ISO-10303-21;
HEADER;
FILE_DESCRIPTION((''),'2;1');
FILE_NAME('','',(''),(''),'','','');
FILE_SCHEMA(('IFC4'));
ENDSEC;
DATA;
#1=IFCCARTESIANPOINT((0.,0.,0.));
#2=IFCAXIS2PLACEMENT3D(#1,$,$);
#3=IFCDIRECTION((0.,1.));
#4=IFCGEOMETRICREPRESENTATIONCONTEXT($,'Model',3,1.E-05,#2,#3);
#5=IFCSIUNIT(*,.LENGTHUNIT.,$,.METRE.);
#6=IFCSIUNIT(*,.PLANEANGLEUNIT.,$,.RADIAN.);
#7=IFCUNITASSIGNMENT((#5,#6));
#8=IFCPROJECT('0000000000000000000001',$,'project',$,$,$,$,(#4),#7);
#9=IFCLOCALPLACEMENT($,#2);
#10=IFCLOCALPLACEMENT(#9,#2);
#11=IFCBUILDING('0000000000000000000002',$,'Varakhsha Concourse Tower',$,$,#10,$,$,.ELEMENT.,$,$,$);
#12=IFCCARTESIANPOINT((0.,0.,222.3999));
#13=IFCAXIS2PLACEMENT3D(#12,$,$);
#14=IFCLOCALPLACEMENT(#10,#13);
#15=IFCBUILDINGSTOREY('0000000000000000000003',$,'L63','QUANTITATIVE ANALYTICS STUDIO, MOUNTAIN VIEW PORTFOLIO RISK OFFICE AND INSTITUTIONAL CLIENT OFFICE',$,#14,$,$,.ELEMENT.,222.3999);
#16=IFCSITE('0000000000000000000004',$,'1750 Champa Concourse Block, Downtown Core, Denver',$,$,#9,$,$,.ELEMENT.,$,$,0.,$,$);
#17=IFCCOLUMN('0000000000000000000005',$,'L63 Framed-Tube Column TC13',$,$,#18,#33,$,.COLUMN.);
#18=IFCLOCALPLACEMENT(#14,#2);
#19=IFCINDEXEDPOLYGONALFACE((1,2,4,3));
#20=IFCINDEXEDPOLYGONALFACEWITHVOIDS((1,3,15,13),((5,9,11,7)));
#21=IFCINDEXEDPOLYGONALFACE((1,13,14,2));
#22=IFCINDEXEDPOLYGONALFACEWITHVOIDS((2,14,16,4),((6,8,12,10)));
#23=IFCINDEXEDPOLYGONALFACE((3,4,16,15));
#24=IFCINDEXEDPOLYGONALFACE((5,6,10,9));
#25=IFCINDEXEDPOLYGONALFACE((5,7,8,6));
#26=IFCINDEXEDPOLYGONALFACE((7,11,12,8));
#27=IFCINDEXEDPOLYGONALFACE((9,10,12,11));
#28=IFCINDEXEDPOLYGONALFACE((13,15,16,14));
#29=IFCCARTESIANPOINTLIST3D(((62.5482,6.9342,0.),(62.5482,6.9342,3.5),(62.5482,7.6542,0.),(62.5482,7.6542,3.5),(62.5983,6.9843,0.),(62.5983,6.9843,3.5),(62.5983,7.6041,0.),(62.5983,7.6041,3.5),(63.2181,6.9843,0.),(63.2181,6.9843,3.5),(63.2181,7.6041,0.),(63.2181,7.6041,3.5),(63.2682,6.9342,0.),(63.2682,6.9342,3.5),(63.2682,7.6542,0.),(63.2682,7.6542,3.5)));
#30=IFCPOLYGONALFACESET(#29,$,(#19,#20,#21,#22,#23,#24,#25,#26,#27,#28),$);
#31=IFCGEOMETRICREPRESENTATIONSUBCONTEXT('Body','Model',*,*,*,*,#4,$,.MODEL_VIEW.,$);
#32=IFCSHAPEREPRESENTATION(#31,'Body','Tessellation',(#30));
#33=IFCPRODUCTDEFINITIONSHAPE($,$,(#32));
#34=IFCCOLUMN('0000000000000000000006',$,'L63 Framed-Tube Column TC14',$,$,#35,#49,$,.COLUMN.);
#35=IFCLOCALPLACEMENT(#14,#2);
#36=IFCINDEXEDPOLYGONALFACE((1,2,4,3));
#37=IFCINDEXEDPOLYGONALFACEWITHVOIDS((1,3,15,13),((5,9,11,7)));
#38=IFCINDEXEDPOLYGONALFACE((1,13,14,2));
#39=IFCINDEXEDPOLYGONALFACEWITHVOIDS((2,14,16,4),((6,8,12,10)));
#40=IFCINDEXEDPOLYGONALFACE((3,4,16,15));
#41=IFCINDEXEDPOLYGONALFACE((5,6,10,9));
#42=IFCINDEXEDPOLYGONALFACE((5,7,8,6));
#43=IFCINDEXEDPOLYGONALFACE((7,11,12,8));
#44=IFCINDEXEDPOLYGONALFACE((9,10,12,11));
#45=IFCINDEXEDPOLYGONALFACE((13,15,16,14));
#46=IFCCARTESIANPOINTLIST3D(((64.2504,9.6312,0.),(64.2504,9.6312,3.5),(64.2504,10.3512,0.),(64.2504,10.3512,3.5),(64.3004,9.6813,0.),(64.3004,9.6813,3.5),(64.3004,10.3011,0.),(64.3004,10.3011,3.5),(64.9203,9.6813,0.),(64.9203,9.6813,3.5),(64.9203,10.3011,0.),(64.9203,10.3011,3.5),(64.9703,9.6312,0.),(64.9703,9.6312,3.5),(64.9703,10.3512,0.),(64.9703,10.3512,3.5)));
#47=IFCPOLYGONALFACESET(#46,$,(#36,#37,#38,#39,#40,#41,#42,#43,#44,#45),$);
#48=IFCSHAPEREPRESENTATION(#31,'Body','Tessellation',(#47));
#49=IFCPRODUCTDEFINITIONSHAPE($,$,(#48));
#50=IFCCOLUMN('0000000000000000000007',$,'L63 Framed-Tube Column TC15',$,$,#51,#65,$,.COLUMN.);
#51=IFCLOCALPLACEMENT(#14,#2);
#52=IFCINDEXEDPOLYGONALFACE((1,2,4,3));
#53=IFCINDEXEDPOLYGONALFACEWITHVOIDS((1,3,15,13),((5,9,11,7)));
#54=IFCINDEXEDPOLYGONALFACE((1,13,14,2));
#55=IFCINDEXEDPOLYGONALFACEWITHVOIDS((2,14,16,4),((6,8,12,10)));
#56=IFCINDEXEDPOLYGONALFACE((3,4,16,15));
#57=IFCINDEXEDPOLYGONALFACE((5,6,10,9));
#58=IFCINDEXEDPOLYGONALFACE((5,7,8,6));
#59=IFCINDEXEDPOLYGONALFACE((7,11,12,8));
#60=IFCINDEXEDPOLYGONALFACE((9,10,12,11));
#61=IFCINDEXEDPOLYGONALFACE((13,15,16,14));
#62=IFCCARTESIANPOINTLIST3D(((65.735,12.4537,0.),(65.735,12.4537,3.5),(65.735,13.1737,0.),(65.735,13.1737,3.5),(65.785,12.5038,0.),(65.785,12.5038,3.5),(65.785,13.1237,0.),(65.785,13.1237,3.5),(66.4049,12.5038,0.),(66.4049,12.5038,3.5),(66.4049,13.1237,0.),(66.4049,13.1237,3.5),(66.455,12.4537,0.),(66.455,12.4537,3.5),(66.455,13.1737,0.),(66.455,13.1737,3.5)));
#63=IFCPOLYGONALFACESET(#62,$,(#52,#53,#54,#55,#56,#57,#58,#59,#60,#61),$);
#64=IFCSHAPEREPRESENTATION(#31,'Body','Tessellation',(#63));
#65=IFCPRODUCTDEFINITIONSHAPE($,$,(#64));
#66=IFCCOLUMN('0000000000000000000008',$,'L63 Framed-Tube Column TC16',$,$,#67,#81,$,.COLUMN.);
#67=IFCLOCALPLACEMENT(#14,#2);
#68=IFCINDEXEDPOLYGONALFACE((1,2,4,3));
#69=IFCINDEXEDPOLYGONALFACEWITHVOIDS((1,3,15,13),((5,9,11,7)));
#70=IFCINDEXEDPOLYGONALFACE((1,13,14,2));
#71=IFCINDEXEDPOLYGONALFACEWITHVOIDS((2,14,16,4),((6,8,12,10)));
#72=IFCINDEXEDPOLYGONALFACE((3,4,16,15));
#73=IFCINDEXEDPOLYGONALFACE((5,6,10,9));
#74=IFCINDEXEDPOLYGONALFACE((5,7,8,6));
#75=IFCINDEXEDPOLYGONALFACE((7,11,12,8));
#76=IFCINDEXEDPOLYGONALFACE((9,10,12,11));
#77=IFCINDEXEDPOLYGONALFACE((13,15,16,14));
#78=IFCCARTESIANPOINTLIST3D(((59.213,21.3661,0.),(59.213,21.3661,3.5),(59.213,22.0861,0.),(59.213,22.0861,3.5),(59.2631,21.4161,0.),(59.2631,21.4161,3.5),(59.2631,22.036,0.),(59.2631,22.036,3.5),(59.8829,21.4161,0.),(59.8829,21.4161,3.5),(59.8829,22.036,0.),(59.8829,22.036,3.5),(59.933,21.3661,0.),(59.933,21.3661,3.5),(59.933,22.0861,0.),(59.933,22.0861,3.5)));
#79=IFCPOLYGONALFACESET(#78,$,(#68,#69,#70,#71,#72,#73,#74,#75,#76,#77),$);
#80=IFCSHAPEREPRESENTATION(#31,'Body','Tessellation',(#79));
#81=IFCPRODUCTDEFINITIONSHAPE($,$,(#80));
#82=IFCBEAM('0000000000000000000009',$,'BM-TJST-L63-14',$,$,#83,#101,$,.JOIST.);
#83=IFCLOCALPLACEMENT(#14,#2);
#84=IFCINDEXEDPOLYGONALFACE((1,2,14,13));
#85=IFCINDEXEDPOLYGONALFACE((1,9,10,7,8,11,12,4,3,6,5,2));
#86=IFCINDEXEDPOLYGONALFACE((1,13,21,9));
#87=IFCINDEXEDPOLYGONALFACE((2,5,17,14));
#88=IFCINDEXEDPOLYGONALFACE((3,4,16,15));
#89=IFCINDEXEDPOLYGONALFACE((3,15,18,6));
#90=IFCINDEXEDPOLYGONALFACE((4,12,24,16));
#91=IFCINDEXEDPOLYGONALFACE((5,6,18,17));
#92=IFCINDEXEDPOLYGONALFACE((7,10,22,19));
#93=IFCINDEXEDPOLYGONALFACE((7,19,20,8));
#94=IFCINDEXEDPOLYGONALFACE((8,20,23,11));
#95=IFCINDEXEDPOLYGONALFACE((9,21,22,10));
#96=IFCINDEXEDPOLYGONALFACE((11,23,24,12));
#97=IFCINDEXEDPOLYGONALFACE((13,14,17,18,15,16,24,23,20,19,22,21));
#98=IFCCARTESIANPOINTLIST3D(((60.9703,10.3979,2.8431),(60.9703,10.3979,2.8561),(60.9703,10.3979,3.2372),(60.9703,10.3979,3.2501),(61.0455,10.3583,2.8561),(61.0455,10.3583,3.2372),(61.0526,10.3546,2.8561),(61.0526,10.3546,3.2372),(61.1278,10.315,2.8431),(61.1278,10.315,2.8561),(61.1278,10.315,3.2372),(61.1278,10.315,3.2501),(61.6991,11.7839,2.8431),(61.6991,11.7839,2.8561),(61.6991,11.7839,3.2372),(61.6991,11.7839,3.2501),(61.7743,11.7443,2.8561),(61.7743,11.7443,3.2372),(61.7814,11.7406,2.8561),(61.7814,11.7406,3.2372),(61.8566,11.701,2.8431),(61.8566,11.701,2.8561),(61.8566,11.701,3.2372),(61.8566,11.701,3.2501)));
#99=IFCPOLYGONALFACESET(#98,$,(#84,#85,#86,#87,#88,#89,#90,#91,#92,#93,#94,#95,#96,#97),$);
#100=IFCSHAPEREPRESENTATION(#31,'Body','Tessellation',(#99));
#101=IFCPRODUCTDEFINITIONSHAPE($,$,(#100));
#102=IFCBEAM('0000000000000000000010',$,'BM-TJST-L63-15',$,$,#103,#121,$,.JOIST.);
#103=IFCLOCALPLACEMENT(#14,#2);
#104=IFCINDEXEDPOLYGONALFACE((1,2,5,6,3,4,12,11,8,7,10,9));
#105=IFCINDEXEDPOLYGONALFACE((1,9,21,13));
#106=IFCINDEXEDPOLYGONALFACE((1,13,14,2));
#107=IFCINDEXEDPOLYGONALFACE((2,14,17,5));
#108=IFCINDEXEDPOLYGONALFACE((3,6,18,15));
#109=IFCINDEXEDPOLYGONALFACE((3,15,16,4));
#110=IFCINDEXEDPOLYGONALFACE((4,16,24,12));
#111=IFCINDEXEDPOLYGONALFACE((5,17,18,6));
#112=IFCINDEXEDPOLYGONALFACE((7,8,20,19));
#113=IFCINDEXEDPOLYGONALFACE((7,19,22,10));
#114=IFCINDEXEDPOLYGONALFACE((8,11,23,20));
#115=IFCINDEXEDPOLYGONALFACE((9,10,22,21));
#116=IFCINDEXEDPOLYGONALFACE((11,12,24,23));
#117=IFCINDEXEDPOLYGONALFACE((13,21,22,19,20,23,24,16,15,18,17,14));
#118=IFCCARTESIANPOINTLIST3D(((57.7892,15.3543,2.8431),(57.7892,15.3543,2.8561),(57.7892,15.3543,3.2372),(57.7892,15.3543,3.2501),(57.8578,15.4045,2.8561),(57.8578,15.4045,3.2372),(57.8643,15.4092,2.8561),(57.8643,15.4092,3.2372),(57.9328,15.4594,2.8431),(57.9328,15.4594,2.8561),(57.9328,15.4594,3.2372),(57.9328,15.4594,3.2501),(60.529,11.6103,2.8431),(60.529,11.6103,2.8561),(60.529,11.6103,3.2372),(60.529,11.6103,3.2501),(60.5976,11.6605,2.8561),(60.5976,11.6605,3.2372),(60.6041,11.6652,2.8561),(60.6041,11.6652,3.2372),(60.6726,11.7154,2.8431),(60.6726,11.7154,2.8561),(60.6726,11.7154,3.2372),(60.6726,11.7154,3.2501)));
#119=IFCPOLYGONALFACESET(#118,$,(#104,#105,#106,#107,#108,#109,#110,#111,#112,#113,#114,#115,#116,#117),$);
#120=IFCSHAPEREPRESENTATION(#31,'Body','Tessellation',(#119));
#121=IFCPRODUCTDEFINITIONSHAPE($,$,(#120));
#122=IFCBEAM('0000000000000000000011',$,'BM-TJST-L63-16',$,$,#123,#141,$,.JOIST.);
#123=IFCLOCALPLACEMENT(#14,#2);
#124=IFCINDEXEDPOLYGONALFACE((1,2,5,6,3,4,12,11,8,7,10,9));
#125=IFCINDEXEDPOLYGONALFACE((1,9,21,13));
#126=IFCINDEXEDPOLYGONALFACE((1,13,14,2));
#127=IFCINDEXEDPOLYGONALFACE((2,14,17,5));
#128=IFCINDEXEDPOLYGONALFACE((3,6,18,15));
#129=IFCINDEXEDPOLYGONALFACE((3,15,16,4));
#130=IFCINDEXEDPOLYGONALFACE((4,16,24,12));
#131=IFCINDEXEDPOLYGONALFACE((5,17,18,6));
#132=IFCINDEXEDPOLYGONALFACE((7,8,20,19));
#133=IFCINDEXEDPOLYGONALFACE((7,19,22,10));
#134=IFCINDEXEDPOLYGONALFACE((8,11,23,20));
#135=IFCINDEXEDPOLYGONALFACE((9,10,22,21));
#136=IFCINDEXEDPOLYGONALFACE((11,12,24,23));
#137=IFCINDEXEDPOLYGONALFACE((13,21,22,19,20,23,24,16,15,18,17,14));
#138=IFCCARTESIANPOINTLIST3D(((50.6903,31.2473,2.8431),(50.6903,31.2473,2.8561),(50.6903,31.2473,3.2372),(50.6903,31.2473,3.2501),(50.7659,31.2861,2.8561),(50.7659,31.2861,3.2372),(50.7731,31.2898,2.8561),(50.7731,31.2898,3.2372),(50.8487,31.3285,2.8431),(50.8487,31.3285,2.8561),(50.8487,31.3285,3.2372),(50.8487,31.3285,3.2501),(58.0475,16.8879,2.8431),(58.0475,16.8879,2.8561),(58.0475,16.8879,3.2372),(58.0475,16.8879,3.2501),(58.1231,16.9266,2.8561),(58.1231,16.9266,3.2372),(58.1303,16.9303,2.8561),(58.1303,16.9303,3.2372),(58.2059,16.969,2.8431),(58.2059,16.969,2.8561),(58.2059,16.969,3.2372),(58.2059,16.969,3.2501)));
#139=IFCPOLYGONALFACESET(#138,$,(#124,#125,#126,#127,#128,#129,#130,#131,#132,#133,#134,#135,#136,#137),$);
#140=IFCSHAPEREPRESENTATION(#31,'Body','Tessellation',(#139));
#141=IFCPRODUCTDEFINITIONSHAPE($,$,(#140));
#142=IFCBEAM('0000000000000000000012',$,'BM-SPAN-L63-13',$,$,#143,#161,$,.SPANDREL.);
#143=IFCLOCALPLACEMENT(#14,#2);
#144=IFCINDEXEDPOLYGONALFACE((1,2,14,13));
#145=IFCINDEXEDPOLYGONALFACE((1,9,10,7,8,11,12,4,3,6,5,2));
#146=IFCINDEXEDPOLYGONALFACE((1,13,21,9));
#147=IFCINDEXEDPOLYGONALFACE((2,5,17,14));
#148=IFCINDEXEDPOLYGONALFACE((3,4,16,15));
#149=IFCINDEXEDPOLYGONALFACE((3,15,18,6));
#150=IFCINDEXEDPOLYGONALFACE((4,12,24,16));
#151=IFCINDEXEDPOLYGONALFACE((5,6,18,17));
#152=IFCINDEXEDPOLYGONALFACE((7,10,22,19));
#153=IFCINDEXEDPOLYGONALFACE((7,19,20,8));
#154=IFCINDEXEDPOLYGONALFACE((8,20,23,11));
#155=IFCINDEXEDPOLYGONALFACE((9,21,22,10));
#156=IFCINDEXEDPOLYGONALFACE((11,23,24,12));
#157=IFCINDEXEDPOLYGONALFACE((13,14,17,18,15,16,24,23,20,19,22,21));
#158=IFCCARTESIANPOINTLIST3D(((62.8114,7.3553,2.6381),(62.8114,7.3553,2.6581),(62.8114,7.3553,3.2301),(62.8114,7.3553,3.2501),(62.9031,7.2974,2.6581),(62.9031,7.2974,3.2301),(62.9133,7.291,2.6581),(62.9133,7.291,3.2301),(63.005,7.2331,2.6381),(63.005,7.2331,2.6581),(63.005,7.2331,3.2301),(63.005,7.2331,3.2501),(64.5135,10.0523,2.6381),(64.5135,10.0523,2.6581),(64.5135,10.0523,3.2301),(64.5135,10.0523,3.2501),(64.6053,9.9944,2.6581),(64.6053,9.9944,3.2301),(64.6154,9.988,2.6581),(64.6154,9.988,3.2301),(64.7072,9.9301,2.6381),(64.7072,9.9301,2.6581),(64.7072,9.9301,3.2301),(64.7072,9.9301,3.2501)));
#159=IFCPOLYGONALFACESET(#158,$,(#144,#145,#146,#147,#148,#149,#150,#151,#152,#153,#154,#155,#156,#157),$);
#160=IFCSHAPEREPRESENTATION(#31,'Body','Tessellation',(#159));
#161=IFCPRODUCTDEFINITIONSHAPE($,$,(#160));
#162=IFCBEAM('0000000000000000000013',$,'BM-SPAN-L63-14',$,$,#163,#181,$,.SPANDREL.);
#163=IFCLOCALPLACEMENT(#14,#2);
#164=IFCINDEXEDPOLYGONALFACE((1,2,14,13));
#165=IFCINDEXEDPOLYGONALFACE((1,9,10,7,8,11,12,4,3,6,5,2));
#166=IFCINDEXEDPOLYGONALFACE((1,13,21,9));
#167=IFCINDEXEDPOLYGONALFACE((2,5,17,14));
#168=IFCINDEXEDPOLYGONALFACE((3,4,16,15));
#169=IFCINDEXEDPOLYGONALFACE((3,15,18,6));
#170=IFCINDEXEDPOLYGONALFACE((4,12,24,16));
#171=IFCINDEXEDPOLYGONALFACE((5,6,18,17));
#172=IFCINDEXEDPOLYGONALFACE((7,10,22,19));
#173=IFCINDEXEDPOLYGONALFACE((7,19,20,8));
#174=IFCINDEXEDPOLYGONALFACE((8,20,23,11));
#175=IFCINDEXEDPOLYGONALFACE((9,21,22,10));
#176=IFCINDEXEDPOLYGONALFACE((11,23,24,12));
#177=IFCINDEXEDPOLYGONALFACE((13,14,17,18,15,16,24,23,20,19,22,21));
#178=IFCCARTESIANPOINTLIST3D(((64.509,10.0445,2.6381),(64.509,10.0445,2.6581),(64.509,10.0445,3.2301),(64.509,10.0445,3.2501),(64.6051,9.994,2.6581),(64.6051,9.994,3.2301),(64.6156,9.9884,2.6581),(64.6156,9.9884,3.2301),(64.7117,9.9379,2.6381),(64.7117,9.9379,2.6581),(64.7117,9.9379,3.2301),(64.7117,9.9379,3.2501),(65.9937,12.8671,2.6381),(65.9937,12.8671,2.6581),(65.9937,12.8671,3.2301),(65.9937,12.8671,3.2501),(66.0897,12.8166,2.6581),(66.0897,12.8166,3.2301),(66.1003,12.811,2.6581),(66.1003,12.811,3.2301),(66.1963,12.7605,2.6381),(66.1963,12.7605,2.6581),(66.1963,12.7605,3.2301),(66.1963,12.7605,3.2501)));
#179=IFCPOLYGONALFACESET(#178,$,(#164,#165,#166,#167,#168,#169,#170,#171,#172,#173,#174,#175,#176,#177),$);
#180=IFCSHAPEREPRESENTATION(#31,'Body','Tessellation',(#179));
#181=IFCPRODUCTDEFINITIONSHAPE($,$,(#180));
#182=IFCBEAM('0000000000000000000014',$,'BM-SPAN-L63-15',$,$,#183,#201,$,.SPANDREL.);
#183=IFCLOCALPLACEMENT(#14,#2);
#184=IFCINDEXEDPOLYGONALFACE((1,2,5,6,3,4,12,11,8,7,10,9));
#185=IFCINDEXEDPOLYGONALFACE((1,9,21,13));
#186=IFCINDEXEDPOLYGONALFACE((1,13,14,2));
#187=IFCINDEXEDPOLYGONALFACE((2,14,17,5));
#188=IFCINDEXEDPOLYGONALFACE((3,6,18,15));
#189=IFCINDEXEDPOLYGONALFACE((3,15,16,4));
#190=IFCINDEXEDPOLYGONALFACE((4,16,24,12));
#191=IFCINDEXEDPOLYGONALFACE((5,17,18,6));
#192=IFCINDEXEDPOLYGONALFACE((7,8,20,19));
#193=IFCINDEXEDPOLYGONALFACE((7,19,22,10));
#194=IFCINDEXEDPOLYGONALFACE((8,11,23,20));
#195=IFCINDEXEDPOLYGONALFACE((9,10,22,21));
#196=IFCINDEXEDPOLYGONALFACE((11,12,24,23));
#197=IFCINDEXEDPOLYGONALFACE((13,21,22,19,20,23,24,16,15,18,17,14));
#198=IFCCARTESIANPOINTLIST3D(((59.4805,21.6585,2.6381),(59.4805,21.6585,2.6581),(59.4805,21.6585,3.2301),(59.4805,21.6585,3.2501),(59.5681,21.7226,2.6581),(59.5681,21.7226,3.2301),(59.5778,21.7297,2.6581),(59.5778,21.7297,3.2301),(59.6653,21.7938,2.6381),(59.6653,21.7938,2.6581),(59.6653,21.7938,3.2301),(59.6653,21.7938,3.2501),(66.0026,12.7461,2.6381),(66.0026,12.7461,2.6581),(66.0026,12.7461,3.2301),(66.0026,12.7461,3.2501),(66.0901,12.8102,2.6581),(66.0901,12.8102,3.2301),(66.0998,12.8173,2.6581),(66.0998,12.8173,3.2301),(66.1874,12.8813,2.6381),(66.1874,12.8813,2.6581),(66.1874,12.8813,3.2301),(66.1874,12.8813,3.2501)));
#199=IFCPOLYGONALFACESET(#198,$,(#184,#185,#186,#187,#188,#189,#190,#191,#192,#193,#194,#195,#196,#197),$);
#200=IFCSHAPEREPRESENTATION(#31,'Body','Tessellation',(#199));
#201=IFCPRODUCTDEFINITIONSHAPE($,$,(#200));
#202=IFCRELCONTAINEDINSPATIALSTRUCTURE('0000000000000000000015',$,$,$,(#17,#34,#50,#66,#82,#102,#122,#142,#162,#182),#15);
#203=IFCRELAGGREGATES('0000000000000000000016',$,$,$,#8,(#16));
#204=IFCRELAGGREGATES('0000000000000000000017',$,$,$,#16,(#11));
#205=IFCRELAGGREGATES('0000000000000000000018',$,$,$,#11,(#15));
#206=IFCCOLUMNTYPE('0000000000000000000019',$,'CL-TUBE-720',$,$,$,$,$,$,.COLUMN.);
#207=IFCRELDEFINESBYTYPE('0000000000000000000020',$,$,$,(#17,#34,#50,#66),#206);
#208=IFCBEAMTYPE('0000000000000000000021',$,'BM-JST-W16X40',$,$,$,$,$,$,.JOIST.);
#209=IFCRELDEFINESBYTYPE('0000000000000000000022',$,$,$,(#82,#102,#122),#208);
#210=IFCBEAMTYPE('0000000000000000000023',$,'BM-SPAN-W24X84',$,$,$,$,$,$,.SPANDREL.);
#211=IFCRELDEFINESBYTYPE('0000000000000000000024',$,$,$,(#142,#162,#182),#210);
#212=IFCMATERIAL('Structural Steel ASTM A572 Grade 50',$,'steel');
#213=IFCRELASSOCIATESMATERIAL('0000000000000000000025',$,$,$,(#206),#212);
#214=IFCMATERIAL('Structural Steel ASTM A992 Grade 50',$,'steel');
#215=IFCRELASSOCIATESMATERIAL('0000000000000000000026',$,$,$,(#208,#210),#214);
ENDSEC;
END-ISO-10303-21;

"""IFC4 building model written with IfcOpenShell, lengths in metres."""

from ifc_helpers import new_model, si_unit, direction, frame, origin, origin_2d, place, context, subcontext, project, spatial, hollow_rectangle, i_section, extrude, material, material_profile, profile_set, type_object, element, save


model = new_model("IFC4")

# Units and contexts
model_context = context("Model", 3, precision=1e-05, world=origin(), true_north=direction((0.0, 1.0)))
body_context = subcontext(model_context, "Body", "Model", "MODEL_VIEW")
ifc_project = project(units=[si_unit("LENGTHUNIT", "METRE"), si_unit("PLANEANGLEUNIT", "RADIAN")], contexts=[model_context])

# Site, building, storey
site_placement = place(None, origin())
site = spatial("IfcSite", under=ifc_project, at=site_placement, Name="1750 Champa Concourse Block, Downtown Core, Denver", CompositionType="ELEMENT", RefElevation=0.0)
building_placement = place(site_placement, origin())
building = spatial("IfcBuilding", under=site, at=building_placement, Name="Varakhsha Concourse Tower", CompositionType="ELEMENT")
storey_placement = place(building_placement, frame((0.0, 0.0, 222.3999)))
storey = spatial("IfcBuildingStorey", under=building, at=storey_placement, Name="L63", Description="QUANTITATIVE ANALYTICS STUDIO, MOUNTAIN VIEW PORTFOLIO RISK OFFICE AND INSTITUTIONAL CLIENT OFFICE", CompositionType="ELEMENT", Elevation=222.3999)

# Columns
ifc_material_1 = material(Name="Structural Steel ASTM A572 Grade 50", Category="steel")
ifc_material_profile_1 = material_profile(ifc_material_1, hollow_rectangle(XDim=0.72, YDim=0.72, WallThickness=0.05, at=origin_2d()), Name="BOX 720x720x50")
ifc_profile_set_1 = profile_set([ifc_material_profile_1], Name="Structural Steel ASTM A572 Grade 50")
column_type = type_object("IfcColumnType", Name="CL-TUBE-720", PredefinedType="COLUMN", material=ifc_profile_set_1)
for number, where, z_axis, x_axis, name in (
    (1, (62.9082, 7.2942, 0.0), (0.0, 0.0, 1.0), (1.0, 0.0, 0.0), "L63 Framed-Tube Column TC13"),
    (2, (64.6104, 9.9912, 0.0), (0.0, 0.0, 1.0), (1.0, 0.0, 0.0), "L63 Framed-Tube Column TC14"),
    (3, (66.095, 12.8137, 0.0), (0.0, 0.0, 1.0), (1.0, 0.0, 0.0), "L63 Framed-Tube Column TC15"),
    (4, (59.573, 21.7261, 0.0), (0.0, 0.0, 1.0), (1.0, 0.0, 0.0), "L63 Framed-Tube Column TC16"),
):
    element("IfcColumn", number, at=place(storey_placement, frame(where, z_axis=z_axis, x_axis=x_axis)), inside=storey, type_object=column_type, Name=name, PredefinedType="COLUMN", context=body_context, shape_type="SweptSolid", body=[
        extrude(hollow_rectangle(XDim=0.72, YDim=0.72, WallThickness=0.05, at=origin_2d()), origin(), (0.0, 0.0, 1.0), 3.5),
    ])

# Beams
ifc_material_2 = material(Name="Structural Steel ASTM A992 Grade 50", Category="steel")
ifc_material_profile_2 = material_profile(ifc_material_2, i_section(OverallWidth=0.178, OverallDepth=0.407, WebThickness=0.0081, FlangeThickness=0.0129, at=origin_2d()), Name="W16X40")
ifc_profile_set_2 = profile_set([ifc_material_profile_2], Name="Structural Steel ASTM A992 Grade 50")
beam_type_1 = type_object("IfcBeamType", Name="BM-JST-W16X40", PredefinedType="JOIST", material=ifc_profile_set_2)
beam_1_placement = place(storey_placement, frame((61.0491, 10.3564, 3.0466), z_axis=(0.465393, 0.885104, 0.0), x_axis=(-0.885104, 0.465393, 0.0)))
element("IfcBeam", 5, at=beam_1_placement, inside=storey, type_object=beam_type_1, Name="BM-TJST-L63-14", PredefinedType="JOIST", context=body_context, shape_type="SweptSolid", body=[
    extrude(i_section(OverallWidth=0.178, OverallDepth=0.407, WebThickness=0.0081, FlangeThickness=0.0129, at=origin_2d()), origin(), (0.0, 0.0, 1.0), 1.5659),
])
beam_2_placement = place(storey_placement, frame((60.6008, 11.6628, 3.0466), z_axis=(-0.590553, 0.806999, 0.0), x_axis=(-0.806999, -0.590553, 0.0)))
element("IfcBeam", 6, at=beam_2_placement, inside=storey, type_object=beam_type_1, Name="BM-TJST-L63-15", PredefinedType="JOIST", context=body_context, shape_type="SweptSolid", body=[
    extrude(i_section(OverallWidth=0.178, OverallDepth=0.407, WebThickness=0.0081, FlangeThickness=0.0129, at=origin_2d()), origin(), (0.0, 0.0, 1.0), 4.6394),
])
beam_3_placement = place(storey_placement, frame((58.1267, 16.9285, 3.0466), z_axis=(-0.455993, 0.889984, 0.0), x_axis=(-0.889984, -0.455993, 0.0)))
element("IfcBeam", 7, at=beam_3_placement, inside=storey, type_object=beam_type_1, Name="BM-TJST-L63-16", PredefinedType="JOIST", context=body_context, shape_type="SweptSolid", body=[
    extrude(i_section(OverallWidth=0.178, OverallDepth=0.407, WebThickness=0.0081, FlangeThickness=0.0129, at=origin_2d()), origin(), (0.0, 0.0, 1.0), 16.1345),
])
ifc_material_profile_3 = material_profile(ifc_material_2, i_section(OverallWidth=0.229, OverallDepth=0.6121, WebThickness=0.012, FlangeThickness=0.02, at=origin_2d()), Name="W24X84")
ifc_profile_set_3 = profile_set([ifc_material_profile_3], Name="Structural Steel ASTM A992 Grade 50")
beam_type_2 = type_object("IfcBeamType", Name="BM-SPAN-W24X84", PredefinedType="SPANDREL", material=ifc_profile_set_3)
for number, where, z_axis, x_axis, name in (
    (8, (62.9082, 7.2942, 2.9441), (0.533716, 0.845663, 0.0), (-0.845663, 0.533716, 0.0), "BM-SPAN-L63-13"),
    (9, (64.6104, 9.9912, 2.9441), (0.465522, 0.885036, 0.0), (-0.885036, 0.465522, 0.0), "BM-SPAN-L63-14"),
):
    element("IfcBeam", number, at=place(storey_placement, frame(where, z_axis=z_axis, x_axis=x_axis)), inside=storey, type_object=beam_type_2, Name=name, PredefinedType="SPANDREL", context=body_context, shape_type="SweptSolid", body=[
        extrude(i_section(OverallWidth=0.229, OverallDepth=0.6121, WebThickness=0.012, FlangeThickness=0.02, at=origin_2d()), origin(), (0.0, 0.0, 1.0), 3.1892),
    ])
beam_4_placement = place(storey_placement, frame((66.095, 12.8137, 2.9441), z_axis=(-0.590554, 0.806998, 0.0), x_axis=(-0.806998, -0.590554, 0.0)))
element("IfcBeam", 10, at=beam_4_placement, inside=storey, type_object=beam_type_2, Name="BM-SPAN-L63-15", PredefinedType="SPANDREL", context=body_context, shape_type="SweptSolid", body=[
    extrude(i_section(OverallWidth=0.229, OverallDepth=0.6121, WebThickness=0.012, FlangeThickness=0.02, at=origin_2d()), origin(), (0.0, 0.0, 1.0), 11.0439),
])

save(model, "model.ifc")
